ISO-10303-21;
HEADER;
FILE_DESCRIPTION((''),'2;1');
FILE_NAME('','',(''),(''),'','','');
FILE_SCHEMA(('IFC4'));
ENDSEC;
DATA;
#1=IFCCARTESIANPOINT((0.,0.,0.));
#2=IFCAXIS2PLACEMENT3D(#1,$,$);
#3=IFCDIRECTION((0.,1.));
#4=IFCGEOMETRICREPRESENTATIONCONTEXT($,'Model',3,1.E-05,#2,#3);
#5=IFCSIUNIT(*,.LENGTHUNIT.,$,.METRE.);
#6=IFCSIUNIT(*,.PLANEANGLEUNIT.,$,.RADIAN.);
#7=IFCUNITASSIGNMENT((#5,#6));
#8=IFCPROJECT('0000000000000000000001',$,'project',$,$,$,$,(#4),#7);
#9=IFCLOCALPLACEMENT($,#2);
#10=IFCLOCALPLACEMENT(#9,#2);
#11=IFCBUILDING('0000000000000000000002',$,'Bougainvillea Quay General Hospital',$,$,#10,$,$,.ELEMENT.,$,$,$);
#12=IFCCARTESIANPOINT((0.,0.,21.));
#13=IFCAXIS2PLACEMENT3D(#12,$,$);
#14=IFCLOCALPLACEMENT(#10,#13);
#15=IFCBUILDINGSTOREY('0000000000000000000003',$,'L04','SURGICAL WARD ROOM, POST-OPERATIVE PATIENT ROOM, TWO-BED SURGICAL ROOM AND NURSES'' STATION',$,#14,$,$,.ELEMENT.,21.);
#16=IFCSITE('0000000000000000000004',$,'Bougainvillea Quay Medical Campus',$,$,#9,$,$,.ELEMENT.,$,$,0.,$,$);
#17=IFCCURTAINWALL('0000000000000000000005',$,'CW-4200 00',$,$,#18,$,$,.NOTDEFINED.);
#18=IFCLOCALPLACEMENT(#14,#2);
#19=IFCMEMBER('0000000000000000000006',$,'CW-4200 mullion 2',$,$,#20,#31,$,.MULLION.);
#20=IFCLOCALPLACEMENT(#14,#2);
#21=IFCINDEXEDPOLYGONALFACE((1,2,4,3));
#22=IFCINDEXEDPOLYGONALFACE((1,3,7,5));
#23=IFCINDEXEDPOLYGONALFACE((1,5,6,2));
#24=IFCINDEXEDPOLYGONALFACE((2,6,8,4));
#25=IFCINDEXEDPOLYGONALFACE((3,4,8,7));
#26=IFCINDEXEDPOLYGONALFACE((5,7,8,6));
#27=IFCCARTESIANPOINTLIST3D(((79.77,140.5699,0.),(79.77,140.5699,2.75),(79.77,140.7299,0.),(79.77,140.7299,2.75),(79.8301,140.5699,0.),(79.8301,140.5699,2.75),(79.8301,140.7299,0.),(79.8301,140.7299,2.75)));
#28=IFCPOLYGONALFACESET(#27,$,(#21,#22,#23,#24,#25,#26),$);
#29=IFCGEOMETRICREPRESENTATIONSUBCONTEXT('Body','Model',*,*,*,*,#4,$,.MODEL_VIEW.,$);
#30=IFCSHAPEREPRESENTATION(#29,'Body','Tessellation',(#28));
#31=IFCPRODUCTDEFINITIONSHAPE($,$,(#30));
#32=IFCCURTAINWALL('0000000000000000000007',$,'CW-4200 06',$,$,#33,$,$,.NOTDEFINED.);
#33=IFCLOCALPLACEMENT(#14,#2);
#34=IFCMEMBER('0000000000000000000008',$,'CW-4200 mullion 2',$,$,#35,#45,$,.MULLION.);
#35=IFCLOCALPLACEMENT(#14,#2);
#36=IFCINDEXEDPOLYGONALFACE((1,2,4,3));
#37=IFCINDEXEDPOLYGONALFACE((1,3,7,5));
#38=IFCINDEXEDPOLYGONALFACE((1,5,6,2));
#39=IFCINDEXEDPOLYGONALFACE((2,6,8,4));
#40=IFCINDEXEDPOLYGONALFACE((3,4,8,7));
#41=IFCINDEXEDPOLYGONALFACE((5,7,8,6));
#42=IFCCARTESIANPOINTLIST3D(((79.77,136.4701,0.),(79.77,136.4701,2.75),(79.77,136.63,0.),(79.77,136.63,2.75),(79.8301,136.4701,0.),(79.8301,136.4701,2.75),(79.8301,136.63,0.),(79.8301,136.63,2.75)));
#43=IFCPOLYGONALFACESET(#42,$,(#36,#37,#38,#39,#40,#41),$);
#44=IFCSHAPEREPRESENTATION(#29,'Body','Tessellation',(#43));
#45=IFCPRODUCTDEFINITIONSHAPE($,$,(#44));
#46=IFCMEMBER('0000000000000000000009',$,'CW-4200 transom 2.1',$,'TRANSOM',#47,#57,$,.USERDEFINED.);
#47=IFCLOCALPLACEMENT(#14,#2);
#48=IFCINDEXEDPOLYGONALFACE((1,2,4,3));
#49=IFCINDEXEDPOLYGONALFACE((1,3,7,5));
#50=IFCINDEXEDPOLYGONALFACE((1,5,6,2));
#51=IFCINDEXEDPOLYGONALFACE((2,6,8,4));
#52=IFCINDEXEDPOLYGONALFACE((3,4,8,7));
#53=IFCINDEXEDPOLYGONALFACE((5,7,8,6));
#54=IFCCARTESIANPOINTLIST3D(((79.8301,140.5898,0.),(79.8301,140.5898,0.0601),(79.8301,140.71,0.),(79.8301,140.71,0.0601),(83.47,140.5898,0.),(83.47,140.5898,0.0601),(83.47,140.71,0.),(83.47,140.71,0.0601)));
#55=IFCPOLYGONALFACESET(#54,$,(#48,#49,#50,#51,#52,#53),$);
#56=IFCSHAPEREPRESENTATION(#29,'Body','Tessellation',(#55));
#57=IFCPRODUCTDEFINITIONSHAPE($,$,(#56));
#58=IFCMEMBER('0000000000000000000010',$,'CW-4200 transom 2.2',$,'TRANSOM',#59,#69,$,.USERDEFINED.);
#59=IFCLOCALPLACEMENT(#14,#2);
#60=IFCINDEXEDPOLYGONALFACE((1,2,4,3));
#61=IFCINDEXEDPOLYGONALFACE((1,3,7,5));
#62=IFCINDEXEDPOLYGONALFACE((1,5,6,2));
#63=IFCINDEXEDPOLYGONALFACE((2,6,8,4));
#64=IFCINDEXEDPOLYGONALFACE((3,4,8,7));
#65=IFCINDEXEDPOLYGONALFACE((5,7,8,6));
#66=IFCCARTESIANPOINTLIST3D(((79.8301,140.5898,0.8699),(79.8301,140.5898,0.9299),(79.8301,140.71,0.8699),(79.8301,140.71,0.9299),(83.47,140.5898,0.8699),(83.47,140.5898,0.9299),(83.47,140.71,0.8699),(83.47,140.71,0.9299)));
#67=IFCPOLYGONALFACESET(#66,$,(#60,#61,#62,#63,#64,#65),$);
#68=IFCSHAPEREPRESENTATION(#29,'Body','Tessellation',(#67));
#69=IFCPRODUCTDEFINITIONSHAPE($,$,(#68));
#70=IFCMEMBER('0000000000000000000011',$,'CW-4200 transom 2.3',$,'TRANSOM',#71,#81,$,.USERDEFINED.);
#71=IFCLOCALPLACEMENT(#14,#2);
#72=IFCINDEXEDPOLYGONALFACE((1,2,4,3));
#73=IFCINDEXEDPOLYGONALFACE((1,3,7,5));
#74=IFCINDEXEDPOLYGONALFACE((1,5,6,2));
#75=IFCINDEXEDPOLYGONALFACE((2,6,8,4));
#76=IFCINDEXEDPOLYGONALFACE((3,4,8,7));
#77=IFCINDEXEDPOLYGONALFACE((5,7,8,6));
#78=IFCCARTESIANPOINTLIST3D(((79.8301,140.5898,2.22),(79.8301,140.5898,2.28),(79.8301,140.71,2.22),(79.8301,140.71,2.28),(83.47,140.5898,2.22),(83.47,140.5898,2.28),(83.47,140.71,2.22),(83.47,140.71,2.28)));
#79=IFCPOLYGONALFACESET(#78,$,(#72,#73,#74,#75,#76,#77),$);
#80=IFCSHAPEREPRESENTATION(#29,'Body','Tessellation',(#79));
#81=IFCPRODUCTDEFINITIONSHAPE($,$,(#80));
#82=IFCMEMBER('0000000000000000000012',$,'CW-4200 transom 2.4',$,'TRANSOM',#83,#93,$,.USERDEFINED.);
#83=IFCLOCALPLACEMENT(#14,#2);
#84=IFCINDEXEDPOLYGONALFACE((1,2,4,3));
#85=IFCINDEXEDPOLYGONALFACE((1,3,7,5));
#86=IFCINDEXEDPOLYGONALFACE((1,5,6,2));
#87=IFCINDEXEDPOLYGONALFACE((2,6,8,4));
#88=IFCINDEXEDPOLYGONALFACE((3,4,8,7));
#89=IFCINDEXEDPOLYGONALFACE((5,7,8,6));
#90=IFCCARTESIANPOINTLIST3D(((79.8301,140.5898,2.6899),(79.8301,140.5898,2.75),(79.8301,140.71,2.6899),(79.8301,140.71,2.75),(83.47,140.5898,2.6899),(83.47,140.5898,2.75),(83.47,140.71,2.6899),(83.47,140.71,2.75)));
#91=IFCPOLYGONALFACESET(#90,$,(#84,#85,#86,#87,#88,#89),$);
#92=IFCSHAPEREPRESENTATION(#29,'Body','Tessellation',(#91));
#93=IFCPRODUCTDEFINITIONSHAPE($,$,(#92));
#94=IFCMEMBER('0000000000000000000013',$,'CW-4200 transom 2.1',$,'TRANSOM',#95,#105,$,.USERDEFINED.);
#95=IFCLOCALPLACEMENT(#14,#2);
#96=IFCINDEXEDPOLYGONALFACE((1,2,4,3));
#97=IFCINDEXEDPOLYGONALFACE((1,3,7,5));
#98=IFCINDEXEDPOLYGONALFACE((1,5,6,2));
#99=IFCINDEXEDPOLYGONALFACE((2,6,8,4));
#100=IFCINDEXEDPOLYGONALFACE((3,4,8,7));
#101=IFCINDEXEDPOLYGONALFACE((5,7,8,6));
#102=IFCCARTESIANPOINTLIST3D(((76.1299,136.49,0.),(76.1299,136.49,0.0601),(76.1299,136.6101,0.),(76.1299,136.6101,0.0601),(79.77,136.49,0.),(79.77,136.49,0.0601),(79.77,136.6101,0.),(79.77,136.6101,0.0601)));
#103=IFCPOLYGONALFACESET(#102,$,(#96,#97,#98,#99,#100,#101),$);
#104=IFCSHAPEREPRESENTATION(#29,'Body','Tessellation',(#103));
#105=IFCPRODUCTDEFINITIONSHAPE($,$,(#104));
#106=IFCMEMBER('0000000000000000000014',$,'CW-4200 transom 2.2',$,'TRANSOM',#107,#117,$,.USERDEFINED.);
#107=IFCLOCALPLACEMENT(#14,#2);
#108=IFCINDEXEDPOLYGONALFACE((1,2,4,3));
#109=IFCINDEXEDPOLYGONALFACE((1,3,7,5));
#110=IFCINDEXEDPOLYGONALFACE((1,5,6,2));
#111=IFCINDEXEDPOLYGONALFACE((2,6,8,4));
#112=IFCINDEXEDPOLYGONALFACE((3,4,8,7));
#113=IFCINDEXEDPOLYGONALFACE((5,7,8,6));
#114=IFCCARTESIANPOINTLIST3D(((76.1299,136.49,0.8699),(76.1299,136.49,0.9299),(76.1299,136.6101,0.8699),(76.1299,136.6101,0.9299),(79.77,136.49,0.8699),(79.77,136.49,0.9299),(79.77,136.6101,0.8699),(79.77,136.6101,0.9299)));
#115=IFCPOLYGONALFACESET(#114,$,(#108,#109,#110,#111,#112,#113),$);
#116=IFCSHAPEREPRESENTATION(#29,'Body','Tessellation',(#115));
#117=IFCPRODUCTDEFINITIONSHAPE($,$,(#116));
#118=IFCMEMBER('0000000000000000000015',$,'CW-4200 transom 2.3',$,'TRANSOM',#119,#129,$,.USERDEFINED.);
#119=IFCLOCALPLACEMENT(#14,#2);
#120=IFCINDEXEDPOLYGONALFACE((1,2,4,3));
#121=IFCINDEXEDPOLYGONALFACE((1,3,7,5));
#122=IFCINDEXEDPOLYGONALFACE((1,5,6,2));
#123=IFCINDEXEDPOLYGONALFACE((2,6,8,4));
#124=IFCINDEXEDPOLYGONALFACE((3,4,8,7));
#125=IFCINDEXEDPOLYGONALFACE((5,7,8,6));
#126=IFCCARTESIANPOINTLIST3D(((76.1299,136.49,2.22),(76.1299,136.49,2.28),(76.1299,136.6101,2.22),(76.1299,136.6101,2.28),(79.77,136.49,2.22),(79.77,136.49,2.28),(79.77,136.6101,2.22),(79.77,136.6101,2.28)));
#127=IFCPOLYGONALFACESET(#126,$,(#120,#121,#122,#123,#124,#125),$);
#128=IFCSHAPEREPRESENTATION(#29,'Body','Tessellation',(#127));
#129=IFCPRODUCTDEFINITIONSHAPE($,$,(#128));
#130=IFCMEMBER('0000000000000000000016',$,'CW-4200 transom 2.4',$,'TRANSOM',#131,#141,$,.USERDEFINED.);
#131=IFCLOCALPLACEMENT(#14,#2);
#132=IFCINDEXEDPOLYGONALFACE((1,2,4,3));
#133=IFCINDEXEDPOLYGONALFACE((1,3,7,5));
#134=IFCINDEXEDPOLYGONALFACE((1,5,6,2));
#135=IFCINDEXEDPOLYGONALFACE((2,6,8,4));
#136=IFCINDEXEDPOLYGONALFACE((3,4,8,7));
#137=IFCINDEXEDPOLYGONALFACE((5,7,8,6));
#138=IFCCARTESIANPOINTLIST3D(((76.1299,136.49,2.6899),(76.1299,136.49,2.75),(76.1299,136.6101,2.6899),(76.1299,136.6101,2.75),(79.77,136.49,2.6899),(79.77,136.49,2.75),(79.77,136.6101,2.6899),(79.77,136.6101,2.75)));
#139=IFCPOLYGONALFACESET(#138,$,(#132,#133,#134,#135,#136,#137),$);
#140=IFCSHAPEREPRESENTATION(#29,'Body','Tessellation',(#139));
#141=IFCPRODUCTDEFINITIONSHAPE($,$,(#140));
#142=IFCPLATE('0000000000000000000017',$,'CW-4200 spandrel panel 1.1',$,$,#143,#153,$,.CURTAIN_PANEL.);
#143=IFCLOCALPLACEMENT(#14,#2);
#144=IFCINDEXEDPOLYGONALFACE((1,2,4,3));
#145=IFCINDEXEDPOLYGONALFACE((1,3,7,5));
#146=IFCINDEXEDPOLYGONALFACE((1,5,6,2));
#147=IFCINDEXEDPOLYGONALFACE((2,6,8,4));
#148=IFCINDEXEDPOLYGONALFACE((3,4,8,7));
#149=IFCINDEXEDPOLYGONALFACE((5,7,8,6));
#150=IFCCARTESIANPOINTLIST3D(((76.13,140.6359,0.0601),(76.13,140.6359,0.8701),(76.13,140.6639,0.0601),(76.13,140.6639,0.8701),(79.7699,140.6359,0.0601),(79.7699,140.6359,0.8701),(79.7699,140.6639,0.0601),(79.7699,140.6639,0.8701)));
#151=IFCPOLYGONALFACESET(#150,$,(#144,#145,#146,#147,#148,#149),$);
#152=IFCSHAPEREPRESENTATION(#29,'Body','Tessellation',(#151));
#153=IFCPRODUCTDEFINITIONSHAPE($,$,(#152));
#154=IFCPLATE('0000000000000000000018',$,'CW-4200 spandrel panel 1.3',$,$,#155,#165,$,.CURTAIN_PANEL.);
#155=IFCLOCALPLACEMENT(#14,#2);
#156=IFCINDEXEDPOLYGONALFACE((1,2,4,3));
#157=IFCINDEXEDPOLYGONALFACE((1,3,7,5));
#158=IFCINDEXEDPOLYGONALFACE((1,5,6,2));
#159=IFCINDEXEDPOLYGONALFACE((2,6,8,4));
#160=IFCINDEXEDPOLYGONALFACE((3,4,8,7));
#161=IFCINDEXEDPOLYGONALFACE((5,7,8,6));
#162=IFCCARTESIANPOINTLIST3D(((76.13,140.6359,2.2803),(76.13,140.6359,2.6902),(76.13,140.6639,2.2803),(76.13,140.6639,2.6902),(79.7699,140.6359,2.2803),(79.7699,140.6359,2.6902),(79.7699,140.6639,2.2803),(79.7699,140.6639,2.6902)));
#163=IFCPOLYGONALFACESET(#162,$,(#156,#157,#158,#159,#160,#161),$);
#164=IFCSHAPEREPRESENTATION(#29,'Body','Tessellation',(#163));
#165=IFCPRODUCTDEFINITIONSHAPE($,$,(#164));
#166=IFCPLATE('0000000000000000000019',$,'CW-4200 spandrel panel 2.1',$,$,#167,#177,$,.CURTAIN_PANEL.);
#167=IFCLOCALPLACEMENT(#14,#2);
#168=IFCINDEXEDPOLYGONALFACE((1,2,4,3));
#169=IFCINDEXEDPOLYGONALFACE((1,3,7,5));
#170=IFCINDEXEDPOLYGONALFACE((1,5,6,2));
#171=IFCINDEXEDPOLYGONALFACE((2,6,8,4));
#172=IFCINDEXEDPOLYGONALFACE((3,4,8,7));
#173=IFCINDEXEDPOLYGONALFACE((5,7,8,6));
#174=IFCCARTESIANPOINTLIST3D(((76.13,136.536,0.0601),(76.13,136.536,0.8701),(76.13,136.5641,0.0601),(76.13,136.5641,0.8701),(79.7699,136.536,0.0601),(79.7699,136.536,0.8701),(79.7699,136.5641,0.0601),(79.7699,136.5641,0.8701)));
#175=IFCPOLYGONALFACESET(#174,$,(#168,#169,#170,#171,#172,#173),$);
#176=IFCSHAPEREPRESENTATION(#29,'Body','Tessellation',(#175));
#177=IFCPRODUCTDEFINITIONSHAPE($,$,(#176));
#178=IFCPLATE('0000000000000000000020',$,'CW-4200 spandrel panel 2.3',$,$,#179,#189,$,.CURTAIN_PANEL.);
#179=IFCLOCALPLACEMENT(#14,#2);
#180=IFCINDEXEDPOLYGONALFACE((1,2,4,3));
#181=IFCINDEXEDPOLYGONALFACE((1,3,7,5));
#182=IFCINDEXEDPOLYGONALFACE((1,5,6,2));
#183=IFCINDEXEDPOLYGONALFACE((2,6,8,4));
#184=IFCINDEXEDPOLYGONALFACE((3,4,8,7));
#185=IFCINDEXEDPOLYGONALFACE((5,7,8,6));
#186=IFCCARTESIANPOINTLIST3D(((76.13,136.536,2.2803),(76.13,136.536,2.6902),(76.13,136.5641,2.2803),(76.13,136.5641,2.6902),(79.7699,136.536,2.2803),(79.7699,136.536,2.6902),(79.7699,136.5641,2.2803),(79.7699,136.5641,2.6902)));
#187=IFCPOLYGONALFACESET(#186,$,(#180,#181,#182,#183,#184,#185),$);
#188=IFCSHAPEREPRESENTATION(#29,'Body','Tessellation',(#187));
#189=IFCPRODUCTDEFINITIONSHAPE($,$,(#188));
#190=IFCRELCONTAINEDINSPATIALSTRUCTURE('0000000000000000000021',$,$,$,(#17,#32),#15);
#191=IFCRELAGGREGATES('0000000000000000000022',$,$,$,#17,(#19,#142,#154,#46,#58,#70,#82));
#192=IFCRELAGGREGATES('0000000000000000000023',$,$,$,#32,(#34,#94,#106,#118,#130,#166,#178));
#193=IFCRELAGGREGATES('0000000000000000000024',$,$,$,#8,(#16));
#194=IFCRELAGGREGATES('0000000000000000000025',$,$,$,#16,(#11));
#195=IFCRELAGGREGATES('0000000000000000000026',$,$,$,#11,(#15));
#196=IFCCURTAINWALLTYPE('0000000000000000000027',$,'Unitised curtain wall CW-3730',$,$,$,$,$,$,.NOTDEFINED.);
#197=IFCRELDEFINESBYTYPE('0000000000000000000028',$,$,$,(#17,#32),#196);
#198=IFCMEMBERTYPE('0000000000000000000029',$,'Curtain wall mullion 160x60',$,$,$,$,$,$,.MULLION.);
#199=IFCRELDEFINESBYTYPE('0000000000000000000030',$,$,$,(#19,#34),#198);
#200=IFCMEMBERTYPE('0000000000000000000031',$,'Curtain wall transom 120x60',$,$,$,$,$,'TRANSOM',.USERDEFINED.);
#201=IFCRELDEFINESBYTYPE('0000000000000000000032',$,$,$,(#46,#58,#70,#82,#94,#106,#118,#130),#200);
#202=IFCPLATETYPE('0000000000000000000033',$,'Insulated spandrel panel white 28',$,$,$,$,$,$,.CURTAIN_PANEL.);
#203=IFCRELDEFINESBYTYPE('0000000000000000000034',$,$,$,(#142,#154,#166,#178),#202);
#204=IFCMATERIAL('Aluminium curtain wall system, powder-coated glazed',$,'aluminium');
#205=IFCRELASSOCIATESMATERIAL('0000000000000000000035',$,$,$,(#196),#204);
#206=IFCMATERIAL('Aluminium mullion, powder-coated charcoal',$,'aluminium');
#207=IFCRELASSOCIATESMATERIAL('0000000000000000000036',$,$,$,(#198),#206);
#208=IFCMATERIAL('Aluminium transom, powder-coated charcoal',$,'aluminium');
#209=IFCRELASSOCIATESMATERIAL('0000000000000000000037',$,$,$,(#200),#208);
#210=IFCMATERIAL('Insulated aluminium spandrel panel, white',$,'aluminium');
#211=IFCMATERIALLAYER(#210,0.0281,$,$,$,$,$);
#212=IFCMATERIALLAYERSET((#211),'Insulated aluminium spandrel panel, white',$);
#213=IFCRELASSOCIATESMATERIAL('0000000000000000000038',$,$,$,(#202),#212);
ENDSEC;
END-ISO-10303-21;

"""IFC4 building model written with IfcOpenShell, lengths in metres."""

from ifc_helpers import new_model, si_unit, direction, frame, origin, origin_2d, place, context, subcontext, project, spatial, rectangle, extrude, material, layer, layer_set, material_profile, profile_set, type_object, element, aggregate, save


model = new_model("IFC4")

# Units and contexts
model_context = context("Model", 3, precision=1e-05, world=origin(), true_north=direction((0.0, 1.0)))
body_context = subcontext(model_context, "Body", "Model", "MODEL_VIEW")
ifc_project = project(units=[si_unit("LENGTHUNIT", "METRE"), si_unit("PLANEANGLEUNIT", "RADIAN")], contexts=[model_context])

# Site, building, storey
site_placement = place(None, origin())
site = spatial("IfcSite", under=ifc_project, at=site_placement, Name="Bougainvillea Quay Medical Campus", CompositionType="ELEMENT", RefElevation=0.0)
building_placement = place(site_placement, origin())
building = spatial("IfcBuilding", under=site, at=building_placement, Name="Bougainvillea Quay General Hospital", CompositionType="ELEMENT")
storey_placement = place(building_placement, frame((0.0, 0.0, 21.0)))
storey = spatial("IfcBuildingStorey", under=building, at=storey_placement, Name="L04", Description="SURGICAL WARD ROOM, POST-OPERATIVE PATIENT ROOM, TWO-BED SURGICAL ROOM AND NURSES' STATION", CompositionType="ELEMENT", Elevation=21.0)

# Curtain walls, members
ifc_material_1 = material(Name="Aluminium curtain wall system, powder-coated glazed", Category="aluminium")
curtain_wall_type = type_object("IfcCurtainWallType", Name="Unitised curtain wall CW-3730", PredefinedType="NOTDEFINED", material=ifc_material_1)
curtain_wall_1_placement = place(storey_placement, origin())
curtain_wall_1 = element("IfcCurtainWall", 1, at=curtain_wall_1_placement, inside=storey, type_object=curtain_wall_type, Name="CW-4200 00", PredefinedType="NOTDEFINED")
ifc_material_2 = material(Name="Aluminium mullion, powder-coated charcoal", Category="aluminium")
ifc_material_profile_1 = material_profile(ifc_material_2, rectangle(XDim=0.1599, YDim=0.0601, at=origin_2d()))
ifc_profile_set_1 = profile_set([ifc_material_profile_1], Name="Aluminium mullion, powder-coated charcoal")
member_type_1 = type_object("IfcMemberType", Name="Curtain wall mullion 160x60", PredefinedType="MULLION", material=ifc_profile_set_1)
member_1_placement = place(storey_placement, frame((79.8, 140.6499, 0.0), z_axis=(0.0, 0.0, 1.0), x_axis=(0.0, 1.0, 0.0)))
member_1 = element("IfcMember", 2, at=member_1_placement, type_object=member_type_1, Name="CW-4200 mullion 2", PredefinedType="MULLION", context=body_context, shape_type="SweptSolid", body=[
    extrude(rectangle(XDim=0.1599, YDim=0.0601, at=origin_2d()), origin(), (0.0, 0.0, 1.0), 2.75),
])
curtain_wall_2_placement = place(storey_placement, origin())
curtain_wall_2 = element("IfcCurtainWall", 3, at=curtain_wall_2_placement, inside=storey, type_object=curtain_wall_type, Name="CW-4200 06", PredefinedType="NOTDEFINED")
member_2_placement = place(storey_placement, frame((79.8, 136.55, 0.0), z_axis=(0.0, 0.0, 1.0), x_axis=(0.0, -1.0, 0.0)))
member_2 = element("IfcMember", 4, at=member_2_placement, type_object=member_type_1, Name="CW-4200 mullion 2", PredefinedType="MULLION", context=body_context, shape_type="SweptSolid", body=[
    extrude(rectangle(XDim=0.1599, YDim=0.0601, at=origin_2d()), origin(), (0.0, 0.0, 1.0), 2.75),
])

# Members
ifc_material_3 = material(Name="Aluminium transom, powder-coated charcoal", Category="aluminium")
ifc_material_profile_2 = material_profile(ifc_material_3, rectangle(XDim=0.1201, YDim=0.0601, at=origin_2d()))
ifc_profile_set_2 = profile_set([ifc_material_profile_2], Name="Aluminium transom, powder-coated charcoal")
member_type_2 = type_object("IfcMemberType", Name="Curtain wall transom 120x60", ElementType="TRANSOM", PredefinedType="USERDEFINED", material=ifc_profile_set_2)
member_3_placement = place(storey_placement, frame((79.8301, 140.6499, 0.03), z_axis=(1.0, 0.0, 0.0), x_axis=(0.0, 1.0, 0.0)))
member_3 = element("IfcMember", 5, at=member_3_placement, type_object=member_type_2, Name="CW-4200 transom 2.1", ObjectType="TRANSOM", PredefinedType="USERDEFINED", context=body_context, shape_type="SweptSolid", body=[
    extrude(rectangle(XDim=0.1201, YDim=0.0601, at=origin_2d()), origin(), (0.0, 0.0, 1.0), 3.6399),
])
member_4_placement = place(storey_placement, frame((79.8301, 140.6499, 0.8999), z_axis=(1.0, 0.0, 0.0), x_axis=(0.0, 1.0, 0.0)))
member_4 = element("IfcMember", 6, at=member_4_placement, type_object=member_type_2, Name="CW-4200 transom 2.2", ObjectType="TRANSOM", PredefinedType="USERDEFINED", context=body_context, shape_type="SweptSolid", body=[
    extrude(rectangle(XDim=0.1201, YDim=0.0601, at=origin_2d()), origin(), (0.0, 0.0, 1.0), 3.6399),
])
member_5_placement = place(storey_placement, frame((79.8301, 140.6499, 2.25), z_axis=(1.0, 0.0, 0.0), x_axis=(0.0, 1.0, 0.0)))
member_5 = element("IfcMember", 7, at=member_5_placement, type_object=member_type_2, Name="CW-4200 transom 2.3", ObjectType="TRANSOM", PredefinedType="USERDEFINED", context=body_context, shape_type="SweptSolid", body=[
    extrude(rectangle(XDim=0.1201, YDim=0.0601, at=origin_2d()), origin(), (0.0, 0.0, 1.0), 3.6399),
])
member_6_placement = place(storey_placement, frame((79.8301, 140.6499, 2.72), z_axis=(1.0, 0.0, 0.0), x_axis=(0.0, 1.0, 0.0)))
member_6 = element("IfcMember", 8, at=member_6_placement, type_object=member_type_2, Name="CW-4200 transom 2.4", ObjectType="TRANSOM", PredefinedType="USERDEFINED", context=body_context, shape_type="SweptSolid", body=[
    extrude(rectangle(XDim=0.1201, YDim=0.0601, at=origin_2d()), origin(), (0.0, 0.0, 1.0), 3.6399),
])
member_7_placement = place(storey_placement, frame((79.77, 136.55, 0.03), z_axis=(-1.0, 0.0, 0.0), x_axis=(0.0, -1.0, 0.0)))
member_7 = element("IfcMember", 9, at=member_7_placement, type_object=member_type_2, Name="CW-4200 transom 2.1", ObjectType="TRANSOM", PredefinedType="USERDEFINED", context=body_context, shape_type="SweptSolid", body=[
    extrude(rectangle(XDim=0.1201, YDim=0.0601, at=origin_2d()), origin(), (0.0, 0.0, 1.0), 3.6401),
])
member_8_placement = place(storey_placement, frame((79.77, 136.55, 0.8999), z_axis=(-1.0, 0.0, 0.0), x_axis=(0.0, -1.0, 0.0)))
member_8 = element("IfcMember", 10, at=member_8_placement, type_object=member_type_2, Name="CW-4200 transom 2.2", ObjectType="TRANSOM", PredefinedType="USERDEFINED", context=body_context, shape_type="SweptSolid", body=[
    extrude(rectangle(XDim=0.1201, YDim=0.0601, at=origin_2d()), origin(), (0.0, 0.0, 1.0), 3.6401),
])
member_9_placement = place(storey_placement, frame((79.77, 136.55, 2.25), z_axis=(-1.0, 0.0, 0.0), x_axis=(0.0, -1.0, 0.0)))
member_9 = element("IfcMember", 11, at=member_9_placement, type_object=member_type_2, Name="CW-4200 transom 2.3", ObjectType="TRANSOM", PredefinedType="USERDEFINED", context=body_context, shape_type="SweptSolid", body=[
    extrude(rectangle(XDim=0.1201, YDim=0.0601, at=origin_2d()), origin(), (0.0, 0.0, 1.0), 3.6401),
])
member_10_placement = place(storey_placement, frame((79.77, 136.55, 2.72), z_axis=(-1.0, 0.0, 0.0), x_axis=(0.0, -1.0, 0.0)))
member_10 = element("IfcMember", 12, at=member_10_placement, type_object=member_type_2, Name="CW-4200 transom 2.4", ObjectType="TRANSOM", PredefinedType="USERDEFINED", context=body_context, shape_type="SweptSolid", body=[
    extrude(rectangle(XDim=0.1201, YDim=0.0601, at=origin_2d()), origin(), (0.0, 0.0, 1.0), 3.6401),
])

# Plates
ifc_material_4 = material(Name="Insulated aluminium spandrel panel, white", Category="aluminium")
ifc_layer_1 = layer(ifc_material_4, 0.0281)
ifc_layer_set_1 = layer_set([ifc_layer_1], Name="Insulated aluminium spandrel panel, white")
plate_type_1 = type_object("IfcPlateType", Name="Insulated spandrel panel white 28", PredefinedType="CURTAIN_PANEL", material=ifc_layer_set_1)
plate_1_placement = place(storey_placement, frame((77.95, 140.6499, 0.0601), z_axis=(0.0, 0.0, 1.0), x_axis=(1.0, 0.0, 0.0)))
plate_1 = element("IfcPlate", 13, at=plate_1_placement, type_object=plate_type_1, Name="CW-4200 spandrel panel 1.1", PredefinedType="CURTAIN_PANEL", context=body_context, shape_type="SweptSolid", body=[
    extrude(rectangle(XDim=3.6399, YDim=0.0281, at=origin_2d()), origin(), (0.0, 0.0, 1.0), 0.8101),
])
plate_2_placement = place(storey_placement, frame((77.95, 140.6499, 2.2803), z_axis=(0.0, 0.0, 1.0), x_axis=(1.0, 0.0, 0.0)))
plate_2 = element("IfcPlate", 14, at=plate_2_placement, type_object=plate_type_1, Name="CW-4200 spandrel panel 1.3", PredefinedType="CURTAIN_PANEL", context=body_context, shape_type="SweptSolid", body=[
    extrude(rectangle(XDim=3.6399, YDim=0.0281, at=origin_2d()), origin(), (0.0, 0.0, 1.0), 0.4099),
])
plate_3_placement = place(storey_placement, frame((77.95, 136.55, 0.0601), z_axis=(0.0, 0.0, 1.0), x_axis=(-1.0, 0.0, 0.0)))
plate_3 = element("IfcPlate", 15, at=plate_3_placement, type_object=plate_type_1, Name="CW-4200 spandrel panel 2.1", PredefinedType="CURTAIN_PANEL", context=body_context, shape_type="SweptSolid", body=[
    extrude(rectangle(XDim=3.6399, YDim=0.0281, at=origin_2d()), origin(), (0.0, 0.0, 1.0), 0.8101),
])
plate_4_placement = place(storey_placement, frame((77.95, 136.55, 2.2803), z_axis=(0.0, 0.0, 1.0), x_axis=(-1.0, 0.0, 0.0)))
plate_4 = element("IfcPlate", 16, at=plate_4_placement, type_object=plate_type_1, Name="CW-4200 spandrel panel 2.3", PredefinedType="CURTAIN_PANEL", context=body_context, shape_type="SweptSolid", body=[
    extrude(rectangle(XDim=3.6399, YDim=0.0281, at=origin_2d()), origin(), (0.0, 0.0, 1.0), 0.4099),
])
aggregate(curtain_wall_1, [member_1, plate_1, plate_2, member_3, member_4, member_5, member_6])
aggregate(curtain_wall_2, [member_2, member_7, member_8, member_9, member_10, plate_3, plate_4])

save(model, "model.ifc")
